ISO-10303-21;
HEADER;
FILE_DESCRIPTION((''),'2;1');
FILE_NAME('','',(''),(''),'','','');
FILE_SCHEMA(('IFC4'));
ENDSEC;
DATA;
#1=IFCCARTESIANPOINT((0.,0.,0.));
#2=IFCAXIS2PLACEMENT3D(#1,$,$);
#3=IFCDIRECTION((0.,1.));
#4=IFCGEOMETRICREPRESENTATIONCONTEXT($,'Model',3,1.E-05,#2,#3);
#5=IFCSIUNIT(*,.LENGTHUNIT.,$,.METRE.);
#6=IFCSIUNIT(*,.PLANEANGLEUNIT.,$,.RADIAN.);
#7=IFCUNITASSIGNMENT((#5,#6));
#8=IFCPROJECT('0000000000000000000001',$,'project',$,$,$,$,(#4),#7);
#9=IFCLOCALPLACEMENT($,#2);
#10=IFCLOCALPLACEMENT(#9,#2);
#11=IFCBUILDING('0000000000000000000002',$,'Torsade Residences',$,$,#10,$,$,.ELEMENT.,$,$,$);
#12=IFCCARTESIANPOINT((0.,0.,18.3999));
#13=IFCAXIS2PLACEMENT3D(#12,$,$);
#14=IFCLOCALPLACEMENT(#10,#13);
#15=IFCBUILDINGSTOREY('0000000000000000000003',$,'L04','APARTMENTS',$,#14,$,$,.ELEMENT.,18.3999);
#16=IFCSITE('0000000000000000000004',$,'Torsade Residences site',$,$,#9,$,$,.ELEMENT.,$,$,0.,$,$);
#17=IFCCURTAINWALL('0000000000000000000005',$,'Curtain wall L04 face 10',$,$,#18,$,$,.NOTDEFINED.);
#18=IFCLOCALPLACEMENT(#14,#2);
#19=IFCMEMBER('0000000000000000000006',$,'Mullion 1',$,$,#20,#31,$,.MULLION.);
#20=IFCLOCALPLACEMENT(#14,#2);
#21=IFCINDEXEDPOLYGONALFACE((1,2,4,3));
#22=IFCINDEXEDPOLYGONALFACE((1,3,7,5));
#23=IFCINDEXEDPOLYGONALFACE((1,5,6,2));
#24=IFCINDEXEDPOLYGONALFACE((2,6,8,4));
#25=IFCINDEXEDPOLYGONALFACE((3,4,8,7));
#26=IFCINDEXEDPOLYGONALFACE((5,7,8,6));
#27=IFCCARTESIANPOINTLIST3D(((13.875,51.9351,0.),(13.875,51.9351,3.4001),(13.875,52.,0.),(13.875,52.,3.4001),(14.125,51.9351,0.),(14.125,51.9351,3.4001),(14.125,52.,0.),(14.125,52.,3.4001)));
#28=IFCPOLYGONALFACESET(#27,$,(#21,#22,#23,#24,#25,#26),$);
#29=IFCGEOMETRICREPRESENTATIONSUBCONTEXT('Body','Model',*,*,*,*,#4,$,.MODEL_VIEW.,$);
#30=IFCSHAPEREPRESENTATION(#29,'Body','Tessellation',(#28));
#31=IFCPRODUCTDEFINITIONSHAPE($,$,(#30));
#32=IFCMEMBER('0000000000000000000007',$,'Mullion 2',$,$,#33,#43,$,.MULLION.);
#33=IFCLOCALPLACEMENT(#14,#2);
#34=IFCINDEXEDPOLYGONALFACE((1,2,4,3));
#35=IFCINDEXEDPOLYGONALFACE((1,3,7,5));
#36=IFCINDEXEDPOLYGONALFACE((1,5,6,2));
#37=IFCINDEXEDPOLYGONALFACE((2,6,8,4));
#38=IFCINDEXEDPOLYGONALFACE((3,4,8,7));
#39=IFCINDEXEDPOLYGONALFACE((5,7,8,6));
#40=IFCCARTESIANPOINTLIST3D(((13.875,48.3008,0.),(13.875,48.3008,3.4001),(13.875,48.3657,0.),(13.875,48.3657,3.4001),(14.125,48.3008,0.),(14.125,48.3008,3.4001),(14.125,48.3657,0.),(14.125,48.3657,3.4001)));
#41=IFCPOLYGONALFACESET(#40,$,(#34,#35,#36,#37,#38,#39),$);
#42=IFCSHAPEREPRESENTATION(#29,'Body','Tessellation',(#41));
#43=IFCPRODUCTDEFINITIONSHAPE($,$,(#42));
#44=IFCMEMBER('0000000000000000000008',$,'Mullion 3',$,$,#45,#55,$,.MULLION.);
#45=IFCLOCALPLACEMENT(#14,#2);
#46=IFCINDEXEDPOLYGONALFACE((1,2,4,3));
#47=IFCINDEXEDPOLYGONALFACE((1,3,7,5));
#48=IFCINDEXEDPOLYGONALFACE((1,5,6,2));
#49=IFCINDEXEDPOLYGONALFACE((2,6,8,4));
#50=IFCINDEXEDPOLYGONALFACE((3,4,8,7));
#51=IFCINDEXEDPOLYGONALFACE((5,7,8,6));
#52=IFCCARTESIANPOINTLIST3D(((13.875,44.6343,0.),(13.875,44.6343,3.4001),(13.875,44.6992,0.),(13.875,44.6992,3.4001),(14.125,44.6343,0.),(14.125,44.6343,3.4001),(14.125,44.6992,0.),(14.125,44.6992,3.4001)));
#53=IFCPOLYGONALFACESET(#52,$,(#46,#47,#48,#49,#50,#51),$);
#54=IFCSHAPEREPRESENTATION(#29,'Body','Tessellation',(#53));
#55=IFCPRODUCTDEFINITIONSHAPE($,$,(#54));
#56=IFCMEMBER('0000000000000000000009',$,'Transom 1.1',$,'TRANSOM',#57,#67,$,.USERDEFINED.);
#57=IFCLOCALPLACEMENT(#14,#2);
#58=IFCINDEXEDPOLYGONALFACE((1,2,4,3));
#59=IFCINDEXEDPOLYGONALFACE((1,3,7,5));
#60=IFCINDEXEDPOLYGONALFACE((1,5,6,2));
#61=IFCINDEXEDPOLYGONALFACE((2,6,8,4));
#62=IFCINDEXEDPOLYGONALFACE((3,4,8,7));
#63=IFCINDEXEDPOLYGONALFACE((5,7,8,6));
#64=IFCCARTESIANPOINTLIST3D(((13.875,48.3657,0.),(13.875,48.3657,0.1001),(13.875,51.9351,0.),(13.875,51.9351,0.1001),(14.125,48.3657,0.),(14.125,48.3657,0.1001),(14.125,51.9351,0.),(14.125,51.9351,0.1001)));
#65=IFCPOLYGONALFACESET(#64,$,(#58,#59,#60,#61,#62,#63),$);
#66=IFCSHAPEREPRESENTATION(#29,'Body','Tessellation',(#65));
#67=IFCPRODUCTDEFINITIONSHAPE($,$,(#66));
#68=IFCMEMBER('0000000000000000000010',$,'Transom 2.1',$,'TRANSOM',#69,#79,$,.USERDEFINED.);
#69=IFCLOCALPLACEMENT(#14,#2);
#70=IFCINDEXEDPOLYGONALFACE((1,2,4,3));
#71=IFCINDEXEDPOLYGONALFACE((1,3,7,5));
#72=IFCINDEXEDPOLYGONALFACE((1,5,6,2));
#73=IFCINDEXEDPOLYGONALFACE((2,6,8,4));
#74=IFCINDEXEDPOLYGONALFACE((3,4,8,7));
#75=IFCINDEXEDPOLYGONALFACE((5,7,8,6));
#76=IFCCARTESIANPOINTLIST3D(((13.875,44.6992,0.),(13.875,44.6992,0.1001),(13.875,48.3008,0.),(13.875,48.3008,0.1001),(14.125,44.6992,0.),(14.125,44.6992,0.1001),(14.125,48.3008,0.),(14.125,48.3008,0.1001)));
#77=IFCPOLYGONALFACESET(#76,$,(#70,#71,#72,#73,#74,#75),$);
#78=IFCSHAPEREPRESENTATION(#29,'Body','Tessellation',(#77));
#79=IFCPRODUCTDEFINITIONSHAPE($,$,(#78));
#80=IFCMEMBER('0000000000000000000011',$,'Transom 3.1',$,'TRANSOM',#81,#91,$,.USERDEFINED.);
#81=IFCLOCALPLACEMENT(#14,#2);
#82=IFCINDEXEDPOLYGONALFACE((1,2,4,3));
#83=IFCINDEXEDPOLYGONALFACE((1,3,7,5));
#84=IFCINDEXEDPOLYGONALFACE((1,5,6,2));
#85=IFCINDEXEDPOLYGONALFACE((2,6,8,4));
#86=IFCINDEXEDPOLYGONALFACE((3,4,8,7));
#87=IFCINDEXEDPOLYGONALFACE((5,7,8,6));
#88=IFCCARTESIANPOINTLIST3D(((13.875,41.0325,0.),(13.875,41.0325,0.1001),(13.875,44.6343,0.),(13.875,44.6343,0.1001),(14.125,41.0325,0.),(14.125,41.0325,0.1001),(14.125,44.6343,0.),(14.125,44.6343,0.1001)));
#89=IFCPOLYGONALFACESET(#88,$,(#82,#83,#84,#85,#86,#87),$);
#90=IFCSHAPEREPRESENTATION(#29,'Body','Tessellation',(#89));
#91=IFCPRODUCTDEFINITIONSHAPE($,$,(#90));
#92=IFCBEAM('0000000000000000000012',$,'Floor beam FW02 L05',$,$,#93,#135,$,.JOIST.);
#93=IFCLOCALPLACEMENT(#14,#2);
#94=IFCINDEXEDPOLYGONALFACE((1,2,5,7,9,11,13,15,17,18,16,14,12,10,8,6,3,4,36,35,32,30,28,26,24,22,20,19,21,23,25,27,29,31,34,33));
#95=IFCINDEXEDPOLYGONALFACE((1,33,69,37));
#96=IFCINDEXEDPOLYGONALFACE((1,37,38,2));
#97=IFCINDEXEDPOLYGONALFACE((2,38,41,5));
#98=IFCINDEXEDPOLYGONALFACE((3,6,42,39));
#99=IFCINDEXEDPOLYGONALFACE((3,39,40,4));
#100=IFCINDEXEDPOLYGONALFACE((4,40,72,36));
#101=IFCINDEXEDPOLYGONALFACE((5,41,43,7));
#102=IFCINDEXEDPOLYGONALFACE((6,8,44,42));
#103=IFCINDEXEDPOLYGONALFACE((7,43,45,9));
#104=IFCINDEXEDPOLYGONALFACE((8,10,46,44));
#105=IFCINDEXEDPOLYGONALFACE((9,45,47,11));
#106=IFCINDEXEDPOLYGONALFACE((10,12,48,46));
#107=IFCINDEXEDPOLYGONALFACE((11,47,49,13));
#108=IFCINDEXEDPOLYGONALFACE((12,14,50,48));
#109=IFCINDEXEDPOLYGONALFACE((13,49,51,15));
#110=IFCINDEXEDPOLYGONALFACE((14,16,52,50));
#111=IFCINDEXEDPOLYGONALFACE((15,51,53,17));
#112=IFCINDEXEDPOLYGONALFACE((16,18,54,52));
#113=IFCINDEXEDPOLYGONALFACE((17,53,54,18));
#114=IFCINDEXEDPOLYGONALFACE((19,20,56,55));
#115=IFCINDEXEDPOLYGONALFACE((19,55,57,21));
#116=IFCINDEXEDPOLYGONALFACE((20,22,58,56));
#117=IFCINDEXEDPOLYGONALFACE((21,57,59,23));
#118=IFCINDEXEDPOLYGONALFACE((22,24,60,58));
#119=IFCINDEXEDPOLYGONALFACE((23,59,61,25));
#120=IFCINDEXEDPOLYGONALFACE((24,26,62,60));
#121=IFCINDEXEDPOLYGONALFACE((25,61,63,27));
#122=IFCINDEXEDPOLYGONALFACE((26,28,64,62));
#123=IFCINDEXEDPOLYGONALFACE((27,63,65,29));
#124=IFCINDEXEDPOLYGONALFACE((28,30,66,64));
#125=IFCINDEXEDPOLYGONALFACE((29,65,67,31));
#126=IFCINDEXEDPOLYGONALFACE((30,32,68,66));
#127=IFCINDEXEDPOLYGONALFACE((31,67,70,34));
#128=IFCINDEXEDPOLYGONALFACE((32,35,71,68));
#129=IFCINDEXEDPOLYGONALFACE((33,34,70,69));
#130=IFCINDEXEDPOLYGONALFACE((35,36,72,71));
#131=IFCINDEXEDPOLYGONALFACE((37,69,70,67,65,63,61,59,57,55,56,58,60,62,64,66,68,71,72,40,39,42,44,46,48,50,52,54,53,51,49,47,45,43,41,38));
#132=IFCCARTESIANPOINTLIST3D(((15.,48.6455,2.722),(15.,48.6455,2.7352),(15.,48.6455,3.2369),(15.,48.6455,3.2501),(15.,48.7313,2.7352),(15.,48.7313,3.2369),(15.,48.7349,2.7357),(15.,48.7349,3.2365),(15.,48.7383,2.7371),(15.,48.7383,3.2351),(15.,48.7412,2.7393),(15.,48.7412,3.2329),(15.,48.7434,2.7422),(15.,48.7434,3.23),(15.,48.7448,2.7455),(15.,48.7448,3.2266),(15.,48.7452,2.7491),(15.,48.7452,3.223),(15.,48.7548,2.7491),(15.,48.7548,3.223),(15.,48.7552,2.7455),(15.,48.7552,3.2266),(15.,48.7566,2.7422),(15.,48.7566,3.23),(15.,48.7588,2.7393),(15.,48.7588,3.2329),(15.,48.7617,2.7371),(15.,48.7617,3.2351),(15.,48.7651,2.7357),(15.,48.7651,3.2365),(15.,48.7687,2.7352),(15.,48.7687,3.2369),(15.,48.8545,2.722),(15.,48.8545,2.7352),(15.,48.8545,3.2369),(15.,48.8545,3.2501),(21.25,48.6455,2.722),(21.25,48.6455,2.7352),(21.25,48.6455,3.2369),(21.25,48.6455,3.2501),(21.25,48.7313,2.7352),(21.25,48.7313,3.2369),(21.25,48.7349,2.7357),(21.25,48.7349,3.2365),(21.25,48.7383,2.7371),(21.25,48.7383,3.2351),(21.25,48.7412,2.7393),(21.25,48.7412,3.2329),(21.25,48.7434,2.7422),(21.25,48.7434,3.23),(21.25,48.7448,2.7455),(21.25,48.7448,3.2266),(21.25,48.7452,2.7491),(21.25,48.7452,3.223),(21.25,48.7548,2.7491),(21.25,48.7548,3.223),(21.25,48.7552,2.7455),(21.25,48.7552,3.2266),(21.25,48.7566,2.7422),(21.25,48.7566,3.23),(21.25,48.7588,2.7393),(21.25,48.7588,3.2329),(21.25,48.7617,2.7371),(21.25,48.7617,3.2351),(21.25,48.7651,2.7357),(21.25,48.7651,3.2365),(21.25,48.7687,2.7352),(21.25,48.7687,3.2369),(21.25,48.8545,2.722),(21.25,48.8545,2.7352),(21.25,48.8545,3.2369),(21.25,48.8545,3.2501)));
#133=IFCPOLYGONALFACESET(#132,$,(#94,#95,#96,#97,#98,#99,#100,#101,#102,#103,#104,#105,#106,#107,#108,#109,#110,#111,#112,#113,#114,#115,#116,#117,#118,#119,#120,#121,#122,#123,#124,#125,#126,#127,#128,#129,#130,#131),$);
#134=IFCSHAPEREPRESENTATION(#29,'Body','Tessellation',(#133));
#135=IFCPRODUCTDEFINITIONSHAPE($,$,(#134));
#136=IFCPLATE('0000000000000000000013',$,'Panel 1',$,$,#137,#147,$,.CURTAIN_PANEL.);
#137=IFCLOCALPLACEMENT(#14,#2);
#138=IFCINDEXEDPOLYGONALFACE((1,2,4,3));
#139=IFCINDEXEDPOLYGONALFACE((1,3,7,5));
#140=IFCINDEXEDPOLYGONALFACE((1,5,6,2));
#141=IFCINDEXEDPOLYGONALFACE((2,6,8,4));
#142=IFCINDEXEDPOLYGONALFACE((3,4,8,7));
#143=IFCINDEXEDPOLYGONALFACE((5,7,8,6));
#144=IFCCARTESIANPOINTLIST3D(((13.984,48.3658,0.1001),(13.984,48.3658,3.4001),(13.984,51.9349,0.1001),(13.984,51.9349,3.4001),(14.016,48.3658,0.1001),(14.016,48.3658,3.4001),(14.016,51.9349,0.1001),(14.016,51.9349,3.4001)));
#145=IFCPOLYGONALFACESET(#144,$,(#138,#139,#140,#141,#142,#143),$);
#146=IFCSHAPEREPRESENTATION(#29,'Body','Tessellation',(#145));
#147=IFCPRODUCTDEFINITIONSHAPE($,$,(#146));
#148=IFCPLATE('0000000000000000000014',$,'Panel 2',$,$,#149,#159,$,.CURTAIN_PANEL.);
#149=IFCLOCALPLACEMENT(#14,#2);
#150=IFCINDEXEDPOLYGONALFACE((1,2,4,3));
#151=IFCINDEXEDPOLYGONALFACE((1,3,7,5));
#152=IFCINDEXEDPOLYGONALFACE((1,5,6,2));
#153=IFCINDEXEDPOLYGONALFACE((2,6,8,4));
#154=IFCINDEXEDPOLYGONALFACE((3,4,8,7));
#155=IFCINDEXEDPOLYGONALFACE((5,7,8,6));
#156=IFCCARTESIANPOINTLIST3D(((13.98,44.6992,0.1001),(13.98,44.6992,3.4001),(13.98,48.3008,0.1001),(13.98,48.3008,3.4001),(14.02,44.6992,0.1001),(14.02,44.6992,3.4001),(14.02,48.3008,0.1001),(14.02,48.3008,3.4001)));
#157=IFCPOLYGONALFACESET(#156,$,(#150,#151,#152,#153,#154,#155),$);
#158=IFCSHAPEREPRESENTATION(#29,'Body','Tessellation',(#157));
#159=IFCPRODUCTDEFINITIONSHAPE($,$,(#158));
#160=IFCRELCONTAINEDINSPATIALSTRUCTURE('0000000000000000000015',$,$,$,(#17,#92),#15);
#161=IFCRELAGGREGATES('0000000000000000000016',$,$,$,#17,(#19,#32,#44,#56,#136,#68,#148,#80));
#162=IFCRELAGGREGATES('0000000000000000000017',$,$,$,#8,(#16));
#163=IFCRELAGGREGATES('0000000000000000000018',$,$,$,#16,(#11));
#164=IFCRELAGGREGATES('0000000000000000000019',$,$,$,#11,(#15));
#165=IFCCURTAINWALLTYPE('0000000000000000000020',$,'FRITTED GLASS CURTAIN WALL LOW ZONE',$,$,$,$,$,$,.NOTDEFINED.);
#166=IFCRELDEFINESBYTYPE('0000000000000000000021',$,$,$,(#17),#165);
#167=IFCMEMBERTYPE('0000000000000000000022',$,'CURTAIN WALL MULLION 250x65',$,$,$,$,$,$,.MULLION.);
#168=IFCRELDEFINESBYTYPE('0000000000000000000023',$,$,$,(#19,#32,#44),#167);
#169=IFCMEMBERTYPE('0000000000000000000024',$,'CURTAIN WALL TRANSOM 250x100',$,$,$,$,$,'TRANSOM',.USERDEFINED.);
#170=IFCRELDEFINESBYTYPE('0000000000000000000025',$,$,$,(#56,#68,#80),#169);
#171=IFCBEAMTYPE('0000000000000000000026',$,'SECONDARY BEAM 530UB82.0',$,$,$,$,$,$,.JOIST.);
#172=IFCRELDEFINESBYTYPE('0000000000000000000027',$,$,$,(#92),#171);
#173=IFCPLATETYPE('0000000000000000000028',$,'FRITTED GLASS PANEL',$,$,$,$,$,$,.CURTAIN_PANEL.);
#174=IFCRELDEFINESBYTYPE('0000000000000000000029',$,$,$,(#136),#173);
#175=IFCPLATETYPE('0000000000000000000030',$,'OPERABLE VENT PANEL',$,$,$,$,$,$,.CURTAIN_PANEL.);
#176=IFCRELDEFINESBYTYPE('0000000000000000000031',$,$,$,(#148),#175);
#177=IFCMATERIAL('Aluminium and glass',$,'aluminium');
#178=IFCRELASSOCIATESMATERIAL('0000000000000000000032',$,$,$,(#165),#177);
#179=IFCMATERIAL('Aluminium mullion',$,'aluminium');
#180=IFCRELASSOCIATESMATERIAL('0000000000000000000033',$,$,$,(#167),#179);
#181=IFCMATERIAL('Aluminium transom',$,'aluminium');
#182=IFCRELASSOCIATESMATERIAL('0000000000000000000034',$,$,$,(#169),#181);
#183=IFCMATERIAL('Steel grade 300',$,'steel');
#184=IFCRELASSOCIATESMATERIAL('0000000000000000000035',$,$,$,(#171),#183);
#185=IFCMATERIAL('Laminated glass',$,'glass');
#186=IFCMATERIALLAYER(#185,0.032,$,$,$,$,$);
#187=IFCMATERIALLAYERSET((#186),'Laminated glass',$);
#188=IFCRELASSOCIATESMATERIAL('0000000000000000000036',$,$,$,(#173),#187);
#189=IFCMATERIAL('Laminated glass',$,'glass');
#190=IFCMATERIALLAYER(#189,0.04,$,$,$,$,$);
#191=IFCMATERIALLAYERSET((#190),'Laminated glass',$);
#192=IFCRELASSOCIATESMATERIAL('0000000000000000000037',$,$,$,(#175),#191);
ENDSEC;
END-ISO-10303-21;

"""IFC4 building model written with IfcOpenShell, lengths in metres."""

from ifc_helpers import new_model, si_unit, direction, frame, origin, origin_2d, place, context, subcontext, project, spatial, rectangle, i_section, extrude, material, layer, layer_set, material_profile, profile_set, type_object, element, aggregate, save


model = new_model("IFC4")

# Units and contexts
model_context = context("Model", 3, precision=1e-05, world=origin(), true_north=direction((0.0, 1.0)))
body_context = subcontext(model_context, "Body", "Model", "MODEL_VIEW")
ifc_project = project(units=[si_unit("LENGTHUNIT", "METRE"), si_unit("PLANEANGLEUNIT", "RADIAN")], contexts=[model_context])

# Site, building, storey
site_placement = place(None, origin())
site = spatial("IfcSite", under=ifc_project, at=site_placement, Name="Torsade Residences site", CompositionType="ELEMENT", RefElevation=0.0)
building_placement = place(site_placement, origin())
building = spatial("IfcBuilding", under=site, at=building_placement, Name="Torsade Residences", CompositionType="ELEMENT")
storey_placement = place(building_placement, frame((0.0, 0.0, 18.3999)))
storey = spatial("IfcBuildingStorey", under=building, at=storey_placement, Name="L04", Description="APARTMENTS", CompositionType="ELEMENT", Elevation=18.3999)

# Curtain wall, members
ifc_material_1 = material(Name="Aluminium and glass", Category="aluminium")
curtain_wall_type = type_object("IfcCurtainWallType", Name="FRITTED GLASS CURTAIN WALL LOW ZONE", PredefinedType="NOTDEFINED", material=ifc_material_1)
curtain_wall_placement = place(storey_placement, origin())
curtain_wall = element("IfcCurtainWall", 1, at=curtain_wall_placement, inside=storey, type_object=curtain_wall_type, Name="Curtain wall L04 face 10", PredefinedType="NOTDEFINED")
ifc_material_2 = material(Name="Aluminium mullion", Category="aluminium")
ifc_material_profile_1 = material_profile(ifc_material_2, rectangle(XDim=0.25, YDim=0.0649, at=origin_2d()), Name="CURTAIN WALL MULLION 250x65")
ifc_profile_set_1 = profile_set([ifc_material_profile_1], Name="Aluminium mullion")
member_type_1 = type_object("IfcMemberType", Name="CURTAIN WALL MULLION 250x65", PredefinedType="MULLION", material=ifc_profile_set_1)
member_1_placement = place(storey_placement, frame((14.0, 51.9675, 0.0), z_axis=(0.0, 0.0, 1.0), x_axis=(1.0, 0.0, 0.0)))
member_1 = element("IfcMember", 2, at=member_1_placement, type_object=member_type_1, Name="Mullion 1", PredefinedType="MULLION", context=body_context, shape_type="SweptSolid", body=[
    extrude(rectangle(XDim=0.25, YDim=0.0649, at=origin_2d()), origin(), (0.0, 0.0, 1.0), 3.4001),
])
member_2_placement = place(storey_placement, frame((14.0, 48.3333, 0.0), z_axis=(0.0, 0.0, 1.0), x_axis=(1.0, 0.0, 0.0)))
member_2 = element("IfcMember", 3, at=member_2_placement, type_object=member_type_1, Name="Mullion 2", PredefinedType="MULLION", context=body_context, shape_type="SweptSolid", body=[
    extrude(rectangle(XDim=0.25, YDim=0.0649, at=origin_2d()), origin(), (0.0, 0.0, 1.0), 3.4001),
])
member_3_placement = place(storey_placement, frame((14.0, 44.6667, 0.0), z_axis=(0.0, 0.0, 1.0), x_axis=(1.0, 0.0, 0.0)))
member_3 = element("IfcMember", 4, at=member_3_placement, type_object=member_type_1, Name="Mullion 3", PredefinedType="MULLION", context=body_context, shape_type="SweptSolid", body=[
    extrude(rectangle(XDim=0.25, YDim=0.0649, at=origin_2d()), origin(), (0.0, 0.0, 1.0), 3.4001),
])
ifc_material_3 = material(Name="Aluminium transom", Category="aluminium")
ifc_material_profile_2 = material_profile(ifc_material_3, rectangle(XDim=0.25, YDim=0.1001, at=origin_2d()), Name="CURTAIN WALL TRANSOM 250x100")
ifc_profile_set_2 = profile_set([ifc_material_profile_2], Name="Aluminium transom")
member_type_2 = type_object("IfcMemberType", Name="CURTAIN WALL TRANSOM 250x100", ElementType="TRANSOM", PredefinedType="USERDEFINED", material=ifc_profile_set_2)
member_4_placement = place(storey_placement, frame((14.0, 51.9351, 0.05), z_axis=(0.0, -1.0, 0.0), x_axis=(1.0, 0.0, 0.0)))
member_4 = element("IfcMember", 5, at=member_4_placement, type_object=member_type_2, Name="Transom 1.1", ObjectType="TRANSOM", PredefinedType="USERDEFINED", context=body_context, shape_type="SweptSolid", body=[
    extrude(rectangle(XDim=0.25, YDim=0.1001, at=origin_2d()), origin(), (0.0, 0.0, 1.0), 3.5693),
])
member_5_placement = place(storey_placement, frame((14.0, 48.3008, 0.05), z_axis=(0.0, -1.0, 0.0), x_axis=(1.0, 0.0, 0.0)))
member_5 = element("IfcMember", 6, at=member_5_placement, type_object=member_type_2, Name="Transom 2.1", ObjectType="TRANSOM", PredefinedType="USERDEFINED", context=body_context, shape_type="SweptSolid", body=[
    extrude(rectangle(XDim=0.25, YDim=0.1001, at=origin_2d()), origin(), (0.0, 0.0, 1.0), 3.6016),
])
member_6_placement = place(storey_placement, frame((14.0, 44.6343, 0.05), z_axis=(0.0, -1.0, 0.0), x_axis=(1.0, 0.0, 0.0)))
member_6 = element("IfcMember", 7, at=member_6_placement, type_object=member_type_2, Name="Transom 3.1", ObjectType="TRANSOM", PredefinedType="USERDEFINED", context=body_context, shape_type="SweptSolid", body=[
    extrude(rectangle(XDim=0.25, YDim=0.1001, at=origin_2d()), origin(), (0.0, 0.0, 1.0), 3.6018),
])

# Beam
ifc_material_4 = material(Name="Steel grade 300", Category="steel")
ifc_material_profile_3 = material_profile(ifc_material_4, i_section(OverallWidth=0.209, OverallDepth=0.5281, WebThickness=0.0095, FlangeThickness=0.0132, FilletRadius=0.0139, at=origin_2d()), Name="530UB82.0")
ifc_profile_set_3 = profile_set([ifc_material_profile_3], Name="Steel grade 300")
beam_type = type_object("IfcBeamType", Name="SECONDARY BEAM 530UB82.0", PredefinedType="JOIST", material=ifc_profile_set_3)
beam_placement = place(storey_placement, frame((15.0, 48.75, 2.9861), z_axis=(1.0, 0.0, 0.0), x_axis=(0.0, 1.0, 0.0)))
element("IfcBeam", 8, at=beam_placement, inside=storey, type_object=beam_type, Name="Floor beam FW02 L05", PredefinedType="JOIST", context=body_context, shape_type="SweptSolid", body=[
    extrude(i_section(OverallWidth=0.209, OverallDepth=0.5281, WebThickness=0.0095, FlangeThickness=0.0132, FilletRadius=0.0139, at=origin_2d()), origin(), (0.0, 0.0, 1.0), 6.25),
])

# Plates
ifc_material_5 = material(Name="Laminated glass", Category="glass")
ifc_layer_1 = layer(ifc_material_5, 0.032)
ifc_layer_set_1 = layer_set([ifc_layer_1], Name="Laminated glass")
plate_type_1 = type_object("IfcPlateType", Name="FRITTED GLASS PANEL", PredefinedType="CURTAIN_PANEL", material=ifc_layer_set_1)
plate_1_placement = place(storey_placement, frame((14.0, 50.1504, 0.1001), z_axis=(0.0, 0.0, 1.0), x_axis=(0.0, -1.0, 0.0)))
plate_1 = element("IfcPlate", 9, at=plate_1_placement, type_object=plate_type_1, Name="Panel 1", PredefinedType="CURTAIN_PANEL", context=body_context, shape_type="SweptSolid", body=[
    extrude(rectangle(XDim=3.5691, YDim=0.032, at=origin_2d()), origin(), (0.0, 0.0, 1.0), 3.3),
])
ifc_material_6 = material(Name="Laminated glass", Category="glass")
ifc_layer_2 = layer(ifc_material_6, 0.04)
ifc_layer_set_2 = layer_set([ifc_layer_2], Name="Laminated glass")
plate_type_2 = type_object("IfcPlateType", Name="OPERABLE VENT PANEL", PredefinedType="CURTAIN_PANEL", material=ifc_layer_set_2)
plate_2_placement = place(storey_placement, frame((14.0, 46.5, 0.1001), z_axis=(0.0, 0.0, 1.0), x_axis=(0.0, -1.0, 0.0)))
plate_2 = element("IfcPlate", 10, at=plate_2_placement, type_object=plate_type_2, Name="Panel 2", PredefinedType="CURTAIN_PANEL", context=body_context, shape_type="SweptSolid", body=[
    extrude(rectangle(XDim=3.6016, YDim=0.04, at=origin_2d()), origin(), (0.0, 0.0, 1.0), 3.3),
])
aggregate(curtain_wall, [member_1, member_2, member_3, member_4, plate_1, member_5, plate_2, member_6])

save(model, "model.ifc")
